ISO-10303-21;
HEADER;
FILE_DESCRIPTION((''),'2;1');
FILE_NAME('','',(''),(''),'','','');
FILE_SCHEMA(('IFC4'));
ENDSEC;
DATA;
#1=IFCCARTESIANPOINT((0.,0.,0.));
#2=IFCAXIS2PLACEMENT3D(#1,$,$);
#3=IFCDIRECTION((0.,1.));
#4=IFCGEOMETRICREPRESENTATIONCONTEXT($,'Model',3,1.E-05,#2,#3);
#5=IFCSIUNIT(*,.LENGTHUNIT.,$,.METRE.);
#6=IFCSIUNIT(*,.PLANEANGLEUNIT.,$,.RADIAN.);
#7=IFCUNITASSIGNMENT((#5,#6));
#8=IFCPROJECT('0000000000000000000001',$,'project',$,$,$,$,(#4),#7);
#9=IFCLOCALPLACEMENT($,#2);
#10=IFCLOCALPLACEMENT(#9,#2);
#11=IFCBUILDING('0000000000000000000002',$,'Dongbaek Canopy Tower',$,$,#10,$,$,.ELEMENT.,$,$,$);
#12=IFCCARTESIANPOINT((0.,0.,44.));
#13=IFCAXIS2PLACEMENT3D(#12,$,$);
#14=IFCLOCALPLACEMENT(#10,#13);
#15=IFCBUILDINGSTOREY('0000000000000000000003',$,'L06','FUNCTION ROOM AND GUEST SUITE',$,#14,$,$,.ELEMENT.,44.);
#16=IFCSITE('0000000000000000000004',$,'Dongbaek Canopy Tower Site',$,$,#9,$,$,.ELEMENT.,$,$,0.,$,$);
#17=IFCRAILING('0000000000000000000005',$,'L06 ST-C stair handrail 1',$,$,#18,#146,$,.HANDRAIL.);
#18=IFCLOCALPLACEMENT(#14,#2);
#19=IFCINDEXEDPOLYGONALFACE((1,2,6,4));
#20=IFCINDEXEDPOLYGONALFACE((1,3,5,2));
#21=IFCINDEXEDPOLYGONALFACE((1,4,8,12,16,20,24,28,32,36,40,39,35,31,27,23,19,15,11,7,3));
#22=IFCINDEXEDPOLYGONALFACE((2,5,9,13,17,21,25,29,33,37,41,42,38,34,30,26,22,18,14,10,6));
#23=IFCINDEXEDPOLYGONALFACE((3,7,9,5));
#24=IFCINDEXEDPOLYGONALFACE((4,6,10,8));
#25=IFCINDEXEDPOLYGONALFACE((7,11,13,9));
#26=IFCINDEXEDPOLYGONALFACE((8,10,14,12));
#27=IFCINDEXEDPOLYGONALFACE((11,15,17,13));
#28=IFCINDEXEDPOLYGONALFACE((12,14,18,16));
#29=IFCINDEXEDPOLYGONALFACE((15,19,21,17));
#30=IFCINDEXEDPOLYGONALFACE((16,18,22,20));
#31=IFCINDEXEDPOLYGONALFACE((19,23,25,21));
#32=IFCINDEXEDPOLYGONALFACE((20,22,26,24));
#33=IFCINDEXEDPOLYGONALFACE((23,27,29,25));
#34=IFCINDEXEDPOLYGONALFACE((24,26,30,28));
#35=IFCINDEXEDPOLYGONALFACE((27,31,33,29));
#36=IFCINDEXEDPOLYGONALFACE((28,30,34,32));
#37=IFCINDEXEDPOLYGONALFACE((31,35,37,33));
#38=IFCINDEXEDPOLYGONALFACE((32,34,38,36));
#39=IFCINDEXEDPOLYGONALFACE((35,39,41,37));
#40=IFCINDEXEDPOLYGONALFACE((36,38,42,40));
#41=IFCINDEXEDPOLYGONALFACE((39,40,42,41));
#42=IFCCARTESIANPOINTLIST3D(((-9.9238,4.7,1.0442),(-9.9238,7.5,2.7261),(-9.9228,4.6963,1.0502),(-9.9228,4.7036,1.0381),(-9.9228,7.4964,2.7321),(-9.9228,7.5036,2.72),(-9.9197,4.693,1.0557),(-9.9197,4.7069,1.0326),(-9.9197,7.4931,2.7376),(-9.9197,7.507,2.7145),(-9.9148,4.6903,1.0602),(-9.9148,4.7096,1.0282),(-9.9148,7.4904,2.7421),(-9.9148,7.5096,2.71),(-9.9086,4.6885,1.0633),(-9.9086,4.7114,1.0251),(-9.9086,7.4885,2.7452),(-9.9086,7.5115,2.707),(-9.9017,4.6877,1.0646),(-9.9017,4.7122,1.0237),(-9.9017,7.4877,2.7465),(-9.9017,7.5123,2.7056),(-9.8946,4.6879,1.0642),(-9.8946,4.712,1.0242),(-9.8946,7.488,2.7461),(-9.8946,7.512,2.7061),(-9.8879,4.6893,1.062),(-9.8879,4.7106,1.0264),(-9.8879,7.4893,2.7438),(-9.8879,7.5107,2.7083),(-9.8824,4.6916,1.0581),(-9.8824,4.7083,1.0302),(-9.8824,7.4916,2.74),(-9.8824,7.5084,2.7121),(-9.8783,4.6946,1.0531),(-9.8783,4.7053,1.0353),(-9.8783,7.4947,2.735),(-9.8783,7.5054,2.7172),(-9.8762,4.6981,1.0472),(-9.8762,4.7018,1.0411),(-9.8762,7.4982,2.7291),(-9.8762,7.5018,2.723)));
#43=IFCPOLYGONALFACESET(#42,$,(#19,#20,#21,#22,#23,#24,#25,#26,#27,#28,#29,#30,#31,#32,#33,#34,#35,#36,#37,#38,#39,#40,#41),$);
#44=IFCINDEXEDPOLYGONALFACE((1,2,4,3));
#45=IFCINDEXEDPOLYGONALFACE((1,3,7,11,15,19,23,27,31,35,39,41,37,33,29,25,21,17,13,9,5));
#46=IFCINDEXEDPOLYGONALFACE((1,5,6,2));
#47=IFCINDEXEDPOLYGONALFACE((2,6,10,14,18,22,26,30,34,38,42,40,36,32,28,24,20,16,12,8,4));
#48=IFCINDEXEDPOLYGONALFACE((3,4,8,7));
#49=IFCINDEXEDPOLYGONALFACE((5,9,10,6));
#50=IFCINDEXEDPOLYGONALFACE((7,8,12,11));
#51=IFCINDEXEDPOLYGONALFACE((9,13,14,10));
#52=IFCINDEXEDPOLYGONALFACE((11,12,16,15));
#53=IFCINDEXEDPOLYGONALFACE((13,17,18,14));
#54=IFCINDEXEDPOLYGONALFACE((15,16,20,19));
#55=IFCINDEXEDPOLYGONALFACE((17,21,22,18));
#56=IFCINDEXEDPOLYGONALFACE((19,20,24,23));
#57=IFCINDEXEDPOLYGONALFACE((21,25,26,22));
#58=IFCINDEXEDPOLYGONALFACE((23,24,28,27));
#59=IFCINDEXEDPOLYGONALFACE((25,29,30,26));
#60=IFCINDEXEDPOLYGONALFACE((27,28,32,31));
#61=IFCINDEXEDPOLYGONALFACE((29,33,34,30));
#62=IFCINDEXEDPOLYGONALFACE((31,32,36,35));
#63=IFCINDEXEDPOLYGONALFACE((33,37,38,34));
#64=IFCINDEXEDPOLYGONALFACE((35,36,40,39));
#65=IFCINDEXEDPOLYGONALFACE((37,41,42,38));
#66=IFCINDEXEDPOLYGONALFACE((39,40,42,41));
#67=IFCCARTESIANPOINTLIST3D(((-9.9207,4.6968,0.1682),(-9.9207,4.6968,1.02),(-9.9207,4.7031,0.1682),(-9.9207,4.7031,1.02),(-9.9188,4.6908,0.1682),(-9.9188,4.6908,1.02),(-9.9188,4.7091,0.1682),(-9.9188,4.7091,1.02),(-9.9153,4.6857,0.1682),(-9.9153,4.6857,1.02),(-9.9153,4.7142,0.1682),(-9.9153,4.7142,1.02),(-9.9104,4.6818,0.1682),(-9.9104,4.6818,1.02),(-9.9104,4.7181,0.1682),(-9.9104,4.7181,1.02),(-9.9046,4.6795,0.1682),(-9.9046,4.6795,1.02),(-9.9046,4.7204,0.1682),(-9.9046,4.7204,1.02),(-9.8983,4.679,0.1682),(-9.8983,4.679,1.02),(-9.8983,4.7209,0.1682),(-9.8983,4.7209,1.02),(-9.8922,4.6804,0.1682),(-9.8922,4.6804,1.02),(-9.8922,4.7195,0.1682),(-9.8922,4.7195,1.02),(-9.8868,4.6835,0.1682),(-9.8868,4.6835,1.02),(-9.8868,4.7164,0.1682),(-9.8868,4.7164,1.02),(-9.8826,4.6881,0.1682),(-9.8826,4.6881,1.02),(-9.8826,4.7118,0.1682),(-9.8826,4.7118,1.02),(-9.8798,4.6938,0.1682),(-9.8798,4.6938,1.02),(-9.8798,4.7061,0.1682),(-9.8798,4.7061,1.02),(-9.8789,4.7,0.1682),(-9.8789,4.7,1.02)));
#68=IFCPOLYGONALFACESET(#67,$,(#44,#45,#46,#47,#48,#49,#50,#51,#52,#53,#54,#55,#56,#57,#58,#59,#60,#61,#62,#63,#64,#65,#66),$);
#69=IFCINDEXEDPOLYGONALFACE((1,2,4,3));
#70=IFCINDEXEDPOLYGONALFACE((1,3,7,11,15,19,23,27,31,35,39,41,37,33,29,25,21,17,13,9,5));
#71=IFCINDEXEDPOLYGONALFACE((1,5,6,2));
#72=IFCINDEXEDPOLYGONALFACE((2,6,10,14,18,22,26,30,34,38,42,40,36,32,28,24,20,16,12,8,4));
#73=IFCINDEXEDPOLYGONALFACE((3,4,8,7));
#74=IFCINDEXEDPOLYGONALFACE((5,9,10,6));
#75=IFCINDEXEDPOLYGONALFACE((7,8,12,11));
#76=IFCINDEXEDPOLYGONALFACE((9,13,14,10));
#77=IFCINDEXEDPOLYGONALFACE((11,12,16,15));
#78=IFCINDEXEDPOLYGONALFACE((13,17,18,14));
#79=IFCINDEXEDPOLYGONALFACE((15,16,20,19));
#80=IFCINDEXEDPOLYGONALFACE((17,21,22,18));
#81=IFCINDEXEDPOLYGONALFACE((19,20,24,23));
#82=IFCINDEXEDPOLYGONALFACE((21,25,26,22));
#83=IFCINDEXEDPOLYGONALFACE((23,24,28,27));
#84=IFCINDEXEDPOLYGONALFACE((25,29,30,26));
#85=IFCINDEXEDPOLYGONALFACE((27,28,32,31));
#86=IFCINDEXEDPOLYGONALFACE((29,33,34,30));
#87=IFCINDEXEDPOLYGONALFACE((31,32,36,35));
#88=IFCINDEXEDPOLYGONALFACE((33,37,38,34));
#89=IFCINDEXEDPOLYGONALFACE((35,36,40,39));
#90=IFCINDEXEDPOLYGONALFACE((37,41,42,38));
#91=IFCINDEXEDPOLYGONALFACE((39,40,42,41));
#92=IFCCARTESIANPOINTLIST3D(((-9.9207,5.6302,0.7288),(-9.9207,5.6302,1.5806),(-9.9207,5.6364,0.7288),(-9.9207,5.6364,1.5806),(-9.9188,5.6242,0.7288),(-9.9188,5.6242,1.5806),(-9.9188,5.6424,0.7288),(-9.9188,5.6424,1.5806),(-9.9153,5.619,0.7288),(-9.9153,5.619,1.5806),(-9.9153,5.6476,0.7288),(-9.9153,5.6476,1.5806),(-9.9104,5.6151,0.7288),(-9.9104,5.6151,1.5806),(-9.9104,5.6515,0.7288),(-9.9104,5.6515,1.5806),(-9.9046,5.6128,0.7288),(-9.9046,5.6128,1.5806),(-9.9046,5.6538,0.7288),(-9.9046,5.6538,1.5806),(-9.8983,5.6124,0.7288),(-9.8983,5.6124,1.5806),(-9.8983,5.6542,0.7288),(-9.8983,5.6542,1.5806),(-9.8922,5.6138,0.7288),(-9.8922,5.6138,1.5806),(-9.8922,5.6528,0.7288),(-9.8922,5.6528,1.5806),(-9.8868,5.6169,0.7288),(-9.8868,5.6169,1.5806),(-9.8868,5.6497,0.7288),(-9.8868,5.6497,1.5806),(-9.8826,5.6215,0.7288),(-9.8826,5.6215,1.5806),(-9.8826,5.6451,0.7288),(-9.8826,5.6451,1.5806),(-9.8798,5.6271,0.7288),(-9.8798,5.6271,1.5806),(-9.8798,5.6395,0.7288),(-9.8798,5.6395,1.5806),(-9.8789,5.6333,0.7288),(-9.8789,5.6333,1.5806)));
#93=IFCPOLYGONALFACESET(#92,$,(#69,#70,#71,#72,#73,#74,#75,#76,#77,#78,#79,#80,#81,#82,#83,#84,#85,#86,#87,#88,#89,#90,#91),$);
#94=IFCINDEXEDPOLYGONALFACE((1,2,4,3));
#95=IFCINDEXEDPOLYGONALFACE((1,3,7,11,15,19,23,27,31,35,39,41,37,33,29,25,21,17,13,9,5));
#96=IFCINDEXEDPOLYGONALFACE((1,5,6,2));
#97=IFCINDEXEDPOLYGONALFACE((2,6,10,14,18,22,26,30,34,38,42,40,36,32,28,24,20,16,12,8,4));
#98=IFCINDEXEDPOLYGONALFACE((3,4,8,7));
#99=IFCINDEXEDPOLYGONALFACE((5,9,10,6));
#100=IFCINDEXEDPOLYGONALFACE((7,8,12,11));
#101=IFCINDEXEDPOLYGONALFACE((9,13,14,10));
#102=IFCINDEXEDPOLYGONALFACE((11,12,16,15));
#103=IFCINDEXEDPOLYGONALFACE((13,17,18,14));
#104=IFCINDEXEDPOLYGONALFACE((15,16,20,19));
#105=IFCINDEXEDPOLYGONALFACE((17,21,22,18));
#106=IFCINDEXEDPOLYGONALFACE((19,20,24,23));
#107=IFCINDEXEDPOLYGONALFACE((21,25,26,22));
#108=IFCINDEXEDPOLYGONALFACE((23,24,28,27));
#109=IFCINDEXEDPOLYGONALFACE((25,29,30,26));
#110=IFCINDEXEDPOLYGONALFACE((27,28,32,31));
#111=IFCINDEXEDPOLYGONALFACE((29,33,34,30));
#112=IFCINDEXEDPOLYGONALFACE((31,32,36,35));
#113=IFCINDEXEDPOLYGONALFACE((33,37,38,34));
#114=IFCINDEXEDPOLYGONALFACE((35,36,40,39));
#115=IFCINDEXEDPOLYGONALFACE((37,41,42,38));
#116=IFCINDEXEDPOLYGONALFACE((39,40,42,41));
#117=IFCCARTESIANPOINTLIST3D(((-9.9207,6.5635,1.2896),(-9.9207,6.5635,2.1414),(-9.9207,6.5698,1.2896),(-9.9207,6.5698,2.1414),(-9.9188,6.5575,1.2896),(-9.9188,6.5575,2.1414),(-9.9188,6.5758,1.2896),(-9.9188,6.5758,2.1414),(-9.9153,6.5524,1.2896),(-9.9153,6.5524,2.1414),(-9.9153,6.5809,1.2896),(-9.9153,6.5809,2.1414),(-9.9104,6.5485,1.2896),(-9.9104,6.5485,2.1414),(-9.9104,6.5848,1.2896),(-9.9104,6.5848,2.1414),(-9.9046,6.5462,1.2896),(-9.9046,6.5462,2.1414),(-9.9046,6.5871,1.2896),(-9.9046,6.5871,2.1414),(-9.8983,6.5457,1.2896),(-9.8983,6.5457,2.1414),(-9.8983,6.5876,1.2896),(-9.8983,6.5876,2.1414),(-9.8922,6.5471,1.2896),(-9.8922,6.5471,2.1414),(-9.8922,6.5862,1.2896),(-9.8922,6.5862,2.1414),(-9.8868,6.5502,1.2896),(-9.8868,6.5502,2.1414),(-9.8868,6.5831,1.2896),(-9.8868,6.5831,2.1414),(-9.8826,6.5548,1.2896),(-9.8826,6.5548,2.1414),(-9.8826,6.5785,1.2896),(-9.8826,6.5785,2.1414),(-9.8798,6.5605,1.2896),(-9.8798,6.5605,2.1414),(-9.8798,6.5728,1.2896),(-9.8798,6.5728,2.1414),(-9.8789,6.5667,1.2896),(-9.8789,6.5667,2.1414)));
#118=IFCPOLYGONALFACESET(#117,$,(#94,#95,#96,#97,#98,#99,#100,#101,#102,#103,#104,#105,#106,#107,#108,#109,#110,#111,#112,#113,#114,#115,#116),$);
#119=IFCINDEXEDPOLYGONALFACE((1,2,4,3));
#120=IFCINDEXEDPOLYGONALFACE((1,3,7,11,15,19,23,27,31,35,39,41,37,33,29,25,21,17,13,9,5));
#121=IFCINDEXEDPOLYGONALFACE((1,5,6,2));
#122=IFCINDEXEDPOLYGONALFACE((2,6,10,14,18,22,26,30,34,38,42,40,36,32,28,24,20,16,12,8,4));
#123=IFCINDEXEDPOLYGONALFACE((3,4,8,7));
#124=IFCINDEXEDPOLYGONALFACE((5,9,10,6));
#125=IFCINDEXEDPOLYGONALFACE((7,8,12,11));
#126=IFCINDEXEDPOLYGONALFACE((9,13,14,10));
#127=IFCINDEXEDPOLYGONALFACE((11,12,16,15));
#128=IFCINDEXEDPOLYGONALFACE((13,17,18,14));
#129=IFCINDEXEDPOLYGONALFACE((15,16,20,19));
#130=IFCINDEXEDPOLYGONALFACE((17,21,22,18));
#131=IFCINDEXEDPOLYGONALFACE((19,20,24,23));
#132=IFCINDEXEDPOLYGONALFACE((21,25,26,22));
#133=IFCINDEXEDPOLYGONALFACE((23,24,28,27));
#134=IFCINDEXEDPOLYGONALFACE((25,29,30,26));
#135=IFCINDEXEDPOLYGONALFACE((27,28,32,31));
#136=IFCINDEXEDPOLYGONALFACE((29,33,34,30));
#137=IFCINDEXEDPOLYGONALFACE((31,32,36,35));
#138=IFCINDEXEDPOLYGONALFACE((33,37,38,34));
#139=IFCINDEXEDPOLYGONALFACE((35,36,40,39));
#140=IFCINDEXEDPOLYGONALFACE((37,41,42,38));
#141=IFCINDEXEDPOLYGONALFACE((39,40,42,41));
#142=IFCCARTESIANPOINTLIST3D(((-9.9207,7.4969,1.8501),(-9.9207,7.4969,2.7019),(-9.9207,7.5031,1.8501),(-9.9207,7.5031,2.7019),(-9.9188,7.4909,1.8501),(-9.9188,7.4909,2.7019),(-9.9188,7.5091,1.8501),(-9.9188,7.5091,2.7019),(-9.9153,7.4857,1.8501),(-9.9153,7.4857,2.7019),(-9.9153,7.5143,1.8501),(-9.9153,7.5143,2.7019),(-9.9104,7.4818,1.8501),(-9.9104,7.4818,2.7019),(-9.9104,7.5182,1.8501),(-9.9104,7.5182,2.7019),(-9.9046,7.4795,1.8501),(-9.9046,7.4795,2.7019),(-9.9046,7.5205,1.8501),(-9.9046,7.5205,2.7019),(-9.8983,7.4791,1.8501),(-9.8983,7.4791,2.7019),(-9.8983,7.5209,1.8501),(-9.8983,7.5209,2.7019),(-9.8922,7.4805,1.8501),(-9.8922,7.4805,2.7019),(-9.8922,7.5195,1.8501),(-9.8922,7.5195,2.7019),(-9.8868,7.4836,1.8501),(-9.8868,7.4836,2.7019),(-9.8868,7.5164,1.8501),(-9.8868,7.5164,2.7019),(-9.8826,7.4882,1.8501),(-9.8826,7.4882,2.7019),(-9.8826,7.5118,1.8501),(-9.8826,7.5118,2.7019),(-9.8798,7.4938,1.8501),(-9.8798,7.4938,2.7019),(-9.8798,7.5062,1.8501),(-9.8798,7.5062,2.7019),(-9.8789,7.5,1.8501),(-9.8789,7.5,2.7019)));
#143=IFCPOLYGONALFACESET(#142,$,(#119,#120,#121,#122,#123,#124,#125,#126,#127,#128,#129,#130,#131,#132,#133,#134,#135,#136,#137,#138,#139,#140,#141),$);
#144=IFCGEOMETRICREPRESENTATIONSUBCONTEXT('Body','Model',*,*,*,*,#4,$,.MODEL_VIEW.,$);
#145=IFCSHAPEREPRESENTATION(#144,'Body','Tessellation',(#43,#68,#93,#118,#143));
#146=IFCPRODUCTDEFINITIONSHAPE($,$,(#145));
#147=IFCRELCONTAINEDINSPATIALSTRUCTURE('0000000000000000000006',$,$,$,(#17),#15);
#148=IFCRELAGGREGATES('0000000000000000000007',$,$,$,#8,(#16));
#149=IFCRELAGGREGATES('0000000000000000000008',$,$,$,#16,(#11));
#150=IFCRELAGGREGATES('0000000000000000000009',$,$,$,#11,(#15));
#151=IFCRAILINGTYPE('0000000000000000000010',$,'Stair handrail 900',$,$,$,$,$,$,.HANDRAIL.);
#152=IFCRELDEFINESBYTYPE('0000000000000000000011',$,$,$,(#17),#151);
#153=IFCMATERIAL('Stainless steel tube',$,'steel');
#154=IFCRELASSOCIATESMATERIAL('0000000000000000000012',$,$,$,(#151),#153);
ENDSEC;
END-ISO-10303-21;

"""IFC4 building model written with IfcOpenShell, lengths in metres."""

from ifc_helpers import new_model, si_unit, direction, frame, origin, origin_2d, place, context, subcontext, project, spatial, circle, extrude, material, type_object, element, save


model = new_model("IFC4")

# Units and contexts
model_context = context("Model", 3, precision=1e-05, world=origin(), true_north=direction((0.0, 1.0)))
body_context = subcontext(model_context, "Body", "Model", "MODEL_VIEW")
ifc_project = project(units=[si_unit("LENGTHUNIT", "METRE"), si_unit("PLANEANGLEUNIT", "RADIAN")], contexts=[model_context])

# Site, building, storey
site_placement = place(None, origin())
site = spatial("IfcSite", under=ifc_project, at=site_placement, Name="Dongbaek Canopy Tower Site", CompositionType="ELEMENT", RefElevation=0.0)
building_placement = place(site_placement, origin())
building = spatial("IfcBuilding", under=site, at=building_placement, Name="Dongbaek Canopy Tower", CompositionType="ELEMENT")
storey_placement = place(building_placement, frame((0.0, 0.0, 44.0)))
storey = spatial("IfcBuildingStorey", under=building, at=storey_placement, Name="L06", Description="FUNCTION ROOM AND GUEST SUITE", CompositionType="ELEMENT", Elevation=44.0)

# Railing
ifc_material_1 = material(Name="Stainless steel tube", Category="steel")
railing_type_1 = type_object("IfcRailingType", Name="Stair handrail 900", PredefinedType="HANDRAIL", material=ifc_material_1)
railing_1_placement = place(storey_placement, frame((-9.8999, 4.7, 0.1682)))
element("IfcRailing", 1, at=railing_1_placement, inside=storey, type_object=railing_type_1, Name="L06 ST-C stair handrail 1", PredefinedType="HANDRAIL", context=body_context, shape_type="SweptSolid", body=[
    extrude(circle(Radius=0.0239, at=origin_2d()), frame((0.0, 0.0, 0.876), z_axis=(0.0, 0.857242, 0.514913), x_axis=(-1.0, 0.0, 0.0)), (0.0, 0.0, 1.0), 3.2664),
    extrude(circle(Radius=0.021, at=origin_2d()), origin(), (0.0, 0.0, 1.0), 0.8518),
    extrude(circle(Radius=0.021, at=origin_2d()), frame((0.0, 0.9333, 0.5605)), (0.0, 0.0, 1.0), 0.8518),
    extrude(circle(Radius=0.021, at=origin_2d()), frame((0.0, 1.8667, 1.1213)), (0.0, 0.0, 1.0), 0.8518),
    extrude(circle(Radius=0.021, at=origin_2d()), frame((0.0, 2.8, 1.6819)), (0.0, 0.0, 1.0), 0.8518),
])

save(model, "model.ifc")
